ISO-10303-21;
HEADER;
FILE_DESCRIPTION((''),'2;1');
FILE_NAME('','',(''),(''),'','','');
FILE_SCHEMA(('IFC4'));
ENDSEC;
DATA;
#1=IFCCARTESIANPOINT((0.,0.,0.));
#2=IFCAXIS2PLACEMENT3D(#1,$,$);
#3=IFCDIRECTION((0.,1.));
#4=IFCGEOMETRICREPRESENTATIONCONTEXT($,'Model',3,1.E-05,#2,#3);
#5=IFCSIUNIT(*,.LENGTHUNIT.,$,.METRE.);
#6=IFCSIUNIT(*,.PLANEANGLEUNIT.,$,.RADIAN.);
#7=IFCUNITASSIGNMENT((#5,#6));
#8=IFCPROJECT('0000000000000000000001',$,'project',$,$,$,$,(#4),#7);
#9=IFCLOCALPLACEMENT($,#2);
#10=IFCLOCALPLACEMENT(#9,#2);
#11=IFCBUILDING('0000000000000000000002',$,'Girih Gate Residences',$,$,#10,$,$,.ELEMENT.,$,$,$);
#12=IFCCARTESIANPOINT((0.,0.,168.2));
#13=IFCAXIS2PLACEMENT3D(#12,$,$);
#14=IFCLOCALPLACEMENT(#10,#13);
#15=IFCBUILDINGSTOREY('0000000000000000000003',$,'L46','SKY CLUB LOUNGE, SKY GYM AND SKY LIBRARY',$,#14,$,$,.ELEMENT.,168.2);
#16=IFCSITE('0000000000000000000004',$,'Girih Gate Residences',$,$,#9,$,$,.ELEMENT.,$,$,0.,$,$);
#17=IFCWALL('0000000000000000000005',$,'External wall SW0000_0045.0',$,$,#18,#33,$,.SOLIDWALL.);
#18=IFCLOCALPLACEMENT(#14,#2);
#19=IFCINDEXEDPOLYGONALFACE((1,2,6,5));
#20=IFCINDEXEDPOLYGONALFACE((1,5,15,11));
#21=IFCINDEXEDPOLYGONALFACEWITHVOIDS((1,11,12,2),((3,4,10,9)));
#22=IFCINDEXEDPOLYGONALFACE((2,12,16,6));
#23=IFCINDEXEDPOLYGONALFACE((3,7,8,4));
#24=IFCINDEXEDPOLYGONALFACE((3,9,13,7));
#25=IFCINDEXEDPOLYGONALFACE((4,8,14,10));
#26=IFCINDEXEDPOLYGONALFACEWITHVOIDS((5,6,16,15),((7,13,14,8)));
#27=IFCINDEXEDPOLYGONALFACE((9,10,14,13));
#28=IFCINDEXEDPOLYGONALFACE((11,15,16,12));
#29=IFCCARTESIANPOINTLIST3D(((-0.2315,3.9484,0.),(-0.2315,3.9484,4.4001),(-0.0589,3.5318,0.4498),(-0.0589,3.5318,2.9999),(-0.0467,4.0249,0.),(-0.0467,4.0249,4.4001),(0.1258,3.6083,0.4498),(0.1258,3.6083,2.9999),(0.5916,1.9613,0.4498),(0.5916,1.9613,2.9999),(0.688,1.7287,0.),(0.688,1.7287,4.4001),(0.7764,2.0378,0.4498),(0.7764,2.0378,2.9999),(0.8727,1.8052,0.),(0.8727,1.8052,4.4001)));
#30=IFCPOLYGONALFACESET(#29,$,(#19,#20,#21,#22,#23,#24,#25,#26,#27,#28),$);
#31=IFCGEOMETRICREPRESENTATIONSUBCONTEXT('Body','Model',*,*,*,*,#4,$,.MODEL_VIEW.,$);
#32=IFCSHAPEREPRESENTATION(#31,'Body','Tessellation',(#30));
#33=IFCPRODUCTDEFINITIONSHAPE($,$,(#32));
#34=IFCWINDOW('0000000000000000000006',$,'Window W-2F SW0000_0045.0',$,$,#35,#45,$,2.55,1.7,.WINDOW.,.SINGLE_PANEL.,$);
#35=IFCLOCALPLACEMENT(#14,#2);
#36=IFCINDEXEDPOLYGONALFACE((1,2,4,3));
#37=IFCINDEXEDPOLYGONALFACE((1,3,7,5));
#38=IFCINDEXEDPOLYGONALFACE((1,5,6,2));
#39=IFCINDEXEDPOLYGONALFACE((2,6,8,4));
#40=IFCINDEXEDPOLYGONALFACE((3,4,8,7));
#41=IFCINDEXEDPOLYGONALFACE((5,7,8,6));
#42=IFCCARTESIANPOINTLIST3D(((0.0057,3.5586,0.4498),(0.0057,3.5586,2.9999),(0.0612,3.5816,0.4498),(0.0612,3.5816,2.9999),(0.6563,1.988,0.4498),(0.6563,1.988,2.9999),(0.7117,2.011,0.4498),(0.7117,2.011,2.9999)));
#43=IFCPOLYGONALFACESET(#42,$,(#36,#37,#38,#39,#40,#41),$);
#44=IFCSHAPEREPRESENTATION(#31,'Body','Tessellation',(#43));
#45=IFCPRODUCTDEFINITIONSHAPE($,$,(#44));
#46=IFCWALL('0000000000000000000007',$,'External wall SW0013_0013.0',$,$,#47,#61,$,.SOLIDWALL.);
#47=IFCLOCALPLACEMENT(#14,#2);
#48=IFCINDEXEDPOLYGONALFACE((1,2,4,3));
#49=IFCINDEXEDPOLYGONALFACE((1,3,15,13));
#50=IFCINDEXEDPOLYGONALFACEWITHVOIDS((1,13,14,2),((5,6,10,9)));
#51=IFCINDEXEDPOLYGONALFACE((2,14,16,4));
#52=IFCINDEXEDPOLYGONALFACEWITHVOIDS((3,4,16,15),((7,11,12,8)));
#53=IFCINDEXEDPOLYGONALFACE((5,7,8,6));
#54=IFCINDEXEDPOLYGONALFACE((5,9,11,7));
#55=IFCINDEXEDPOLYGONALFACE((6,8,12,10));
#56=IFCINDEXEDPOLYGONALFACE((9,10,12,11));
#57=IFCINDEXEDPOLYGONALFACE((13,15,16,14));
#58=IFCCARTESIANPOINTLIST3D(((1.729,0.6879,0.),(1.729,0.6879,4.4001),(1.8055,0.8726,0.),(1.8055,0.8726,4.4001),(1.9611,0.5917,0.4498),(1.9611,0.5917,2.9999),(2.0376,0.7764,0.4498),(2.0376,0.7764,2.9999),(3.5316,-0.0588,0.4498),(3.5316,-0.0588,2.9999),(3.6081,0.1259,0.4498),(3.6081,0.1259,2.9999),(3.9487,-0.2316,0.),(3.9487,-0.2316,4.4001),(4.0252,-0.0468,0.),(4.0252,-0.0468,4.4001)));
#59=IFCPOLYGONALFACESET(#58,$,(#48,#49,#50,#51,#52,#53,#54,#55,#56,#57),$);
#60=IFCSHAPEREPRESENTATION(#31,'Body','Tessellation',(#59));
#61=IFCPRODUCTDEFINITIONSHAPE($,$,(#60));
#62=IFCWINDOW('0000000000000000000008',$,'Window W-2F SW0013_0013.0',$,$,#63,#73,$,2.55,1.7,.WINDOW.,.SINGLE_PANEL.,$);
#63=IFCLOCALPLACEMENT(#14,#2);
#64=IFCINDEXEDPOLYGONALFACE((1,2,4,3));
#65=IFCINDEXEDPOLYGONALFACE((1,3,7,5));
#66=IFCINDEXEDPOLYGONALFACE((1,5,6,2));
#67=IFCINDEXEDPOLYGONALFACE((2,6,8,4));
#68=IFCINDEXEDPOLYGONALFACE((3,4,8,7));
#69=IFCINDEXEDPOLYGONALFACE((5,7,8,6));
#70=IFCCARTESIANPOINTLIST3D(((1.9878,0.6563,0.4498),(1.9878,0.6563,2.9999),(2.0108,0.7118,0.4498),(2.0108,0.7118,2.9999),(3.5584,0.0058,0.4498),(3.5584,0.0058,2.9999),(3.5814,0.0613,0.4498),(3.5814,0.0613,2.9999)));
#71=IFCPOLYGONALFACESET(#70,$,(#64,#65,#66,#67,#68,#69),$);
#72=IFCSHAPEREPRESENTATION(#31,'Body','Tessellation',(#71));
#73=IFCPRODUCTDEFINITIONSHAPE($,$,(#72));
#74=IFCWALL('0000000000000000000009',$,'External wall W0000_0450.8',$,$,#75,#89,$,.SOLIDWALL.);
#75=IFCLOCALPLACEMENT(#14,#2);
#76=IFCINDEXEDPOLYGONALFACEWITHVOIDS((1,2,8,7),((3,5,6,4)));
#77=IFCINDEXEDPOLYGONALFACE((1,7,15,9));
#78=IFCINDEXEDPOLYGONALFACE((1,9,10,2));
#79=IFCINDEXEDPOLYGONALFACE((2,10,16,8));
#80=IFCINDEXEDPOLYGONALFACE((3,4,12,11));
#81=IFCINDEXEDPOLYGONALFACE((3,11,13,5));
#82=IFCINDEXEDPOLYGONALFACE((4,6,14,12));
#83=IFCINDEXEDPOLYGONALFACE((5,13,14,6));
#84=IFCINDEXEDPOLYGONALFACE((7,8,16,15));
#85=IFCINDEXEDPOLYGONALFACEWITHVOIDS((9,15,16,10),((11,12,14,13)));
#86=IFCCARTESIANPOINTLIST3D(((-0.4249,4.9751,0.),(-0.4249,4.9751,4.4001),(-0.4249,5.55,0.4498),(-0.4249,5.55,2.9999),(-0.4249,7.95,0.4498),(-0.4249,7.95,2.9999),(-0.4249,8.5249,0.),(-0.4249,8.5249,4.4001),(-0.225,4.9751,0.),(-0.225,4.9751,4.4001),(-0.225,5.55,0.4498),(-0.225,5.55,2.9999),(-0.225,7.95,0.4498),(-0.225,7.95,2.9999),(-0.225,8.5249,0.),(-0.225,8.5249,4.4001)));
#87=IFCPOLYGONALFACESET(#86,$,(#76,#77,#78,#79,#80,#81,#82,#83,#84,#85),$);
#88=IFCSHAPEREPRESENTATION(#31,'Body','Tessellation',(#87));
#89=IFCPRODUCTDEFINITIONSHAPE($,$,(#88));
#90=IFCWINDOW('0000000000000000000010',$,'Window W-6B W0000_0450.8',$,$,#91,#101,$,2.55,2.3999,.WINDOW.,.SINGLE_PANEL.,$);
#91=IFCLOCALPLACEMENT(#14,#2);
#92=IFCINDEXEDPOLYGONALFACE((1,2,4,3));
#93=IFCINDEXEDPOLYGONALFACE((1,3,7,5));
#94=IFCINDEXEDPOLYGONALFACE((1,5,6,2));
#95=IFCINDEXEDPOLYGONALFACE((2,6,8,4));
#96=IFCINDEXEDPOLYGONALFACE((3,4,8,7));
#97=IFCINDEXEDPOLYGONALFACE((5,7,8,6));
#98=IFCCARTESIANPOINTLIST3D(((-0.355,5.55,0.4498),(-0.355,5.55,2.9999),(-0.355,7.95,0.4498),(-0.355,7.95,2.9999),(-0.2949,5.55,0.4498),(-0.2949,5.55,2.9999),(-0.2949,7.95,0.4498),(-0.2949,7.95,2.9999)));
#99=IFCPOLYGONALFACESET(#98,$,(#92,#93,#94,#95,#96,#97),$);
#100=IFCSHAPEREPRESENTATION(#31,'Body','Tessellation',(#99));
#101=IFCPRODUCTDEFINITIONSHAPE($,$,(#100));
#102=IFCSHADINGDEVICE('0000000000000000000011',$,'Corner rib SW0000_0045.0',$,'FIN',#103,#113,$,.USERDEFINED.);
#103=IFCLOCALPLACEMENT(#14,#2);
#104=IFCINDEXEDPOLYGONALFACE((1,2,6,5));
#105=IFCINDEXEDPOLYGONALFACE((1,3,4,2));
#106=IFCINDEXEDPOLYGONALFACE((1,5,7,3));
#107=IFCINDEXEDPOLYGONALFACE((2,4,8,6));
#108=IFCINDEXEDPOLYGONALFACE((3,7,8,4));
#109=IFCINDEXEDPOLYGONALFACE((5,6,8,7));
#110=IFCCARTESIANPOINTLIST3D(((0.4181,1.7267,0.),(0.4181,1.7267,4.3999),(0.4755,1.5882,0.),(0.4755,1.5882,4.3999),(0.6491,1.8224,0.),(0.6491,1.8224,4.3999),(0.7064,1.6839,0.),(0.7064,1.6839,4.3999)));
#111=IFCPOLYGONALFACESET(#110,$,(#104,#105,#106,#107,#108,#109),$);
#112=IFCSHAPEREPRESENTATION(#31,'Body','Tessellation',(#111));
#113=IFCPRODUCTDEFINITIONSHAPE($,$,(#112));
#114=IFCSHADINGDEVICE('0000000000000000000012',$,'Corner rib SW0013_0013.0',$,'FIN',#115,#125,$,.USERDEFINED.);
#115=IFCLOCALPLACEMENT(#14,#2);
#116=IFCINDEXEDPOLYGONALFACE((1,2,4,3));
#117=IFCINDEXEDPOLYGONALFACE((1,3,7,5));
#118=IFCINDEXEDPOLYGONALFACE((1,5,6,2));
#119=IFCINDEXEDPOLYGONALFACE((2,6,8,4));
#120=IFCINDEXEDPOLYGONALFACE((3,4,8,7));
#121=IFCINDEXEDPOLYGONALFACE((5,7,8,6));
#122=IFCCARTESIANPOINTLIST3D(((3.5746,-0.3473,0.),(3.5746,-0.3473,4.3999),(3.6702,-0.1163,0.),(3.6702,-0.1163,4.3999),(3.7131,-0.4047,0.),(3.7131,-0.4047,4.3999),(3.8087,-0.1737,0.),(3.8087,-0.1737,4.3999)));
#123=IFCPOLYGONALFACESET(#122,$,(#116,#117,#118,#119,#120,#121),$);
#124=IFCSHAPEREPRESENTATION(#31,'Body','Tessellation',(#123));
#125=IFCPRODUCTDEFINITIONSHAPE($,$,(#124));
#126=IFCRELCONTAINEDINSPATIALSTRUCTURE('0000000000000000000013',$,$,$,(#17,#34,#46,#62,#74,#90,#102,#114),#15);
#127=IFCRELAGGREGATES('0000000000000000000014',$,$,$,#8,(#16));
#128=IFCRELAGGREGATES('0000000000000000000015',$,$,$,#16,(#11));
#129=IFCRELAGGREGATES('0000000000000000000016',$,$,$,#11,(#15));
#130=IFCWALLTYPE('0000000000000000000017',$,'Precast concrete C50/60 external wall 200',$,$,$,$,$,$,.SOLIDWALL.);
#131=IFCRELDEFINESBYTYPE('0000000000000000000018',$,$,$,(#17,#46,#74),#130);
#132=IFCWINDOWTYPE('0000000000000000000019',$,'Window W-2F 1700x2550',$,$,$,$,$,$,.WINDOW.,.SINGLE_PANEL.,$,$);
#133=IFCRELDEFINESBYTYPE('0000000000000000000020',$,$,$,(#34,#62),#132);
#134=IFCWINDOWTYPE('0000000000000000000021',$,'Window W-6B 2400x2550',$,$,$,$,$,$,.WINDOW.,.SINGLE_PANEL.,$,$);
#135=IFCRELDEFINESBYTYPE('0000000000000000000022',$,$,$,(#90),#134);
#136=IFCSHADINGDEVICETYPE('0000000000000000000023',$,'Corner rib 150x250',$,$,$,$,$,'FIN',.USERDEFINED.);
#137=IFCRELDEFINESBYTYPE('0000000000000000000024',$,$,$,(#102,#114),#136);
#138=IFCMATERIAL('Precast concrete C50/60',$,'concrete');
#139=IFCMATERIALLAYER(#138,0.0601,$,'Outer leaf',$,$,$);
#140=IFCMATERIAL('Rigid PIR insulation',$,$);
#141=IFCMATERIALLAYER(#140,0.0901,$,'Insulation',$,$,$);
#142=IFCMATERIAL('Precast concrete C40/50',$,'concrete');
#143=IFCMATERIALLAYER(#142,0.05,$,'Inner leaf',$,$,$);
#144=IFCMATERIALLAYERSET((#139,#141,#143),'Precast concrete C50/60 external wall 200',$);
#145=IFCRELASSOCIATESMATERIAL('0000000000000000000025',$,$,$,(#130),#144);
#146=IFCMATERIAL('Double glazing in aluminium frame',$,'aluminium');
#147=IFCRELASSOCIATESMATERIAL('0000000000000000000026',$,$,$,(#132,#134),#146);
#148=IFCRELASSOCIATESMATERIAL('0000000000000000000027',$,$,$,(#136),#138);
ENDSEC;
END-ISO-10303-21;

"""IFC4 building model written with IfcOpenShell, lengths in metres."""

from ifc_helpers import new_model, si_unit, direction, frame, frame_2d, origin, origin_2d, place, context, subcontext, project, spatial, rectangle, extrude, material, layer, layer_set, type_object, element, fill, save


model = new_model("IFC4")

# Units and contexts
model_context = context("Model", 3, precision=1e-05, world=origin(), true_north=direction((0.0, 1.0)))
body_context = subcontext(model_context, "Body", "Model", "MODEL_VIEW")
ifc_project = project(units=[si_unit("LENGTHUNIT", "METRE"), si_unit("PLANEANGLEUNIT", "RADIAN")], contexts=[model_context])

# Site, building, storey
site_placement = place(None, origin())
site = spatial("IfcSite", under=ifc_project, at=site_placement, Name="Girih Gate Residences", CompositionType="ELEMENT", RefElevation=0.0)
building_placement = place(site_placement, origin())
building = spatial("IfcBuilding", under=site, at=building_placement, Name="Girih Gate Residences", CompositionType="ELEMENT")
storey_placement = place(building_placement, frame((0.0, 0.0, 168.2)))
storey = spatial("IfcBuildingStorey", under=building, at=storey_placement, Name="L46", Description="SKY CLUB LOUNGE, SKY GYM AND SKY LIBRARY", CompositionType="ELEMENT", Elevation=168.2)

# Walls, openings, windows
ifc_material_1 = material(Name="Precast concrete C50/60", Category="concrete")
ifc_layer_1 = layer(ifc_material_1, 0.0601, Name="Outer leaf")
ifc_material_2 = material(Name="Rigid PIR insulation")
ifc_layer_2 = layer(ifc_material_2, 0.0901, Name="Insulation")
ifc_material_3 = material(Name="Precast concrete C40/50", Category="concrete")
ifc_layer_3 = layer(ifc_material_3, 0.05, Name="Inner leaf")
ifc_layer_set_1 = layer_set([ifc_layer_1, ifc_layer_2, ifc_layer_3], Name="Precast concrete C50/60 external wall 200")
wall_type = type_object("IfcWallType", Name="Precast concrete C50/60 external wall 200", PredefinedType="SOLIDWALL", material=ifc_layer_set_1)
wall_1_placement = place(storey_placement, frame((0.7803, 1.7671, 0.0), z_axis=(0.0, 0.0, 1.0), x_axis=(-0.382681, 0.923881, 0.0)))
wall_1 = element("IfcWall", 1, at=wall_1_placement, inside=storey, type_object=wall_type, Name="External wall SW0000_0045.0", PredefinedType="SOLIDWALL", context=body_context, shape_type="SweptSolid", body=[
    extrude(rectangle(XDim=2.4026, YDim=0.2, at=frame_2d((1.2012, 0.0))), origin(), (0.0, 0.0, 1.0), 4.4001),
])
opening_1_placement = place(wall_1_placement, frame((0.2515, 0.0, 0.45)))
opening_1 = element("IfcOpeningElement", 2, at=opening_1_placement, cuts=wall_1, PredefinedType="OPENING", context=body_context, shape_type="SweptSolid", body=[
    extrude(rectangle(XDim=1.7, YDim=2.55, at=frame_2d((0.8501, 1.2749))), frame((0.0, 0.1099, 0.0), z_axis=(0.0, -1.0, 0.0), x_axis=(1.0, 0.0, 0.0)), (0.0, 0.0, 1.0), 0.22),
])
ifc_material_4 = material(Name="Double glazing in aluminium frame", Category="aluminium")
window_type_1 = type_object("IfcWindowType", Name="Window W-2F 1700x2550", PartitioningType="SINGLE_PANEL", PredefinedType="WINDOW", material=ifc_material_4)
window_1_placement = place(opening_1_placement, origin())
window_1 = element("IfcWindow", 3, at=window_1_placement, inside=storey, type_object=window_type_1, Name="Window W-2F SW0000_0045.0", OverallHeight=2.55, OverallWidth=1.7, PartitioningType="SINGLE_PANEL", PredefinedType="WINDOW", context=body_context, shape_type="SweptSolid", body=[
    extrude(rectangle(XDim=1.7, YDim=2.55, at=frame_2d((0.8501, 1.2749))), frame((0.0, 0.03, 0.0), z_axis=(0.0, -1.0, 0.0), x_axis=(1.0, 0.0, 0.0)), (0.0, 0.0, 1.0), 0.0601),
])
fill(opening_1, window_1)
wall_2_placement = place(storey_placement, frame((3.9868, -0.1392, 0.0), z_axis=(0.0, 0.0, 1.0), x_axis=(-0.923881, 0.382681, 0.0)))
wall_2 = element("IfcWall", 4, at=wall_2_placement, inside=storey, type_object=wall_type, Name="External wall SW0013_0013.0", PredefinedType="SOLIDWALL", context=body_context, shape_type="SweptSolid", body=[
    extrude(rectangle(XDim=2.4026, YDim=0.2, at=frame_2d((1.2012, 0.0))), origin(), (0.0, 0.0, 1.0), 4.4001),
])
opening_2_placement = place(wall_2_placement, frame((0.4512, 0.0, 0.45)))
opening_2 = element("IfcOpeningElement", 5, at=opening_2_placement, cuts=wall_2, PredefinedType="OPENING", context=body_context, shape_type="SweptSolid", body=[
    extrude(rectangle(XDim=1.7, YDim=2.55, at=frame_2d((0.8501, 1.2749))), frame((0.0, 0.1099, 0.0), z_axis=(0.0, -1.0, 0.0), x_axis=(1.0, 0.0, 0.0)), (0.0, 0.0, 1.0), 0.22),
])
window_2_placement = place(opening_2_placement, origin())
window_2 = element("IfcWindow", 6, at=window_2_placement, inside=storey, type_object=window_type_1, Name="Window W-2F SW0013_0013.0", OverallHeight=2.55, OverallWidth=1.7, PartitioningType="SINGLE_PANEL", PredefinedType="WINDOW", context=body_context, shape_type="SweptSolid", body=[
    extrude(rectangle(XDim=1.7, YDim=2.55, at=frame_2d((0.8501, 1.2749))), frame((0.0, 0.03, 0.0), z_axis=(0.0, -1.0, 0.0), x_axis=(1.0, 0.0, 0.0)), (0.0, 0.0, 1.0), 0.0601),
])
fill(opening_2, window_2)
wall_3_placement = place(storey_placement, frame((-0.325, 4.9751, 0.0), z_axis=(0.0, 0.0, 1.0), x_axis=(0.0, 1.0, 0.0)))
wall_3 = element("IfcWall", 7, at=wall_3_placement, inside=storey, type_object=wall_type, Name="External wall W0000_0450.8", PredefinedType="SOLIDWALL", context=body_context, shape_type="SweptSolid", body=[
    extrude(rectangle(XDim=3.5498, YDim=0.2, at=frame_2d((1.7749, 0.0))), origin(), (0.0, 0.0, 1.0), 4.4001),
])
opening_3_placement = place(wall_3_placement, frame((0.575, 0.0, 0.45)))
opening_3 = element("IfcOpeningElement", 8, at=opening_3_placement, cuts=wall_3, PredefinedType="OPENING", context=body_context, shape_type="SweptSolid", body=[
    extrude(rectangle(XDim=2.3999, YDim=2.55, at=frame_2d((1.2, 1.2749))), frame((0.0, 0.1099, 0.0), z_axis=(0.0, -1.0, 0.0), x_axis=(1.0, 0.0, 0.0)), (0.0, 0.0, 1.0), 0.22),
])
window_type_2 = type_object("IfcWindowType", Name="Window W-6B 2400x2550", PartitioningType="SINGLE_PANEL", PredefinedType="WINDOW", material=ifc_material_4)
window_3_placement = place(opening_3_placement, origin())
window_3 = element("IfcWindow", 9, at=window_3_placement, inside=storey, type_object=window_type_2, Name="Window W-6B W0000_0450.8", OverallHeight=2.55, OverallWidth=2.3999, PartitioningType="SINGLE_PANEL", PredefinedType="WINDOW", context=body_context, shape_type="SweptSolid", body=[
    extrude(rectangle(XDim=2.3999, YDim=2.55, at=frame_2d((1.2, 1.2749))), frame((0.0, 0.03, 0.0), z_axis=(0.0, -1.0, 0.0), x_axis=(1.0, 0.0, 0.0)), (0.0, 0.0, 1.0), 0.0601),
])
fill(opening_3, window_3)

# Shading devices
shading_device_type = type_object("IfcShadingDeviceType", Name="Corner rib 150x250", ElementType="FIN", PredefinedType="USERDEFINED", material=ifc_material_1)
for number, where, z_axis, x_axis, name in (
    (10, (0.5623, 1.7053, 0.0), (0.0, 0.0, 1.0), (0.382683, -0.92388, 0.0), "Corner rib SW0000_0045.0"),
    (11, (3.6917, -0.2605, 0.0), (0.0, 0.0, 1.0), (0.92388, -0.382683, 0.0), "Corner rib SW0013_0013.0"),
):
    element("IfcShadingDevice", number, at=place(storey_placement, frame(where, z_axis=z_axis, x_axis=x_axis)), inside=storey, type_object=shading_device_type, Name=name, ObjectType="FIN", PredefinedType="USERDEFINED", context=body_context, shape_type="SweptSolid", body=[
        extrude(rectangle(XDim=0.1499, YDim=0.25, at=origin_2d()), origin(), (0.0, 0.0, 1.0), 4.3999),
    ])

save(model, "model.ifc")
